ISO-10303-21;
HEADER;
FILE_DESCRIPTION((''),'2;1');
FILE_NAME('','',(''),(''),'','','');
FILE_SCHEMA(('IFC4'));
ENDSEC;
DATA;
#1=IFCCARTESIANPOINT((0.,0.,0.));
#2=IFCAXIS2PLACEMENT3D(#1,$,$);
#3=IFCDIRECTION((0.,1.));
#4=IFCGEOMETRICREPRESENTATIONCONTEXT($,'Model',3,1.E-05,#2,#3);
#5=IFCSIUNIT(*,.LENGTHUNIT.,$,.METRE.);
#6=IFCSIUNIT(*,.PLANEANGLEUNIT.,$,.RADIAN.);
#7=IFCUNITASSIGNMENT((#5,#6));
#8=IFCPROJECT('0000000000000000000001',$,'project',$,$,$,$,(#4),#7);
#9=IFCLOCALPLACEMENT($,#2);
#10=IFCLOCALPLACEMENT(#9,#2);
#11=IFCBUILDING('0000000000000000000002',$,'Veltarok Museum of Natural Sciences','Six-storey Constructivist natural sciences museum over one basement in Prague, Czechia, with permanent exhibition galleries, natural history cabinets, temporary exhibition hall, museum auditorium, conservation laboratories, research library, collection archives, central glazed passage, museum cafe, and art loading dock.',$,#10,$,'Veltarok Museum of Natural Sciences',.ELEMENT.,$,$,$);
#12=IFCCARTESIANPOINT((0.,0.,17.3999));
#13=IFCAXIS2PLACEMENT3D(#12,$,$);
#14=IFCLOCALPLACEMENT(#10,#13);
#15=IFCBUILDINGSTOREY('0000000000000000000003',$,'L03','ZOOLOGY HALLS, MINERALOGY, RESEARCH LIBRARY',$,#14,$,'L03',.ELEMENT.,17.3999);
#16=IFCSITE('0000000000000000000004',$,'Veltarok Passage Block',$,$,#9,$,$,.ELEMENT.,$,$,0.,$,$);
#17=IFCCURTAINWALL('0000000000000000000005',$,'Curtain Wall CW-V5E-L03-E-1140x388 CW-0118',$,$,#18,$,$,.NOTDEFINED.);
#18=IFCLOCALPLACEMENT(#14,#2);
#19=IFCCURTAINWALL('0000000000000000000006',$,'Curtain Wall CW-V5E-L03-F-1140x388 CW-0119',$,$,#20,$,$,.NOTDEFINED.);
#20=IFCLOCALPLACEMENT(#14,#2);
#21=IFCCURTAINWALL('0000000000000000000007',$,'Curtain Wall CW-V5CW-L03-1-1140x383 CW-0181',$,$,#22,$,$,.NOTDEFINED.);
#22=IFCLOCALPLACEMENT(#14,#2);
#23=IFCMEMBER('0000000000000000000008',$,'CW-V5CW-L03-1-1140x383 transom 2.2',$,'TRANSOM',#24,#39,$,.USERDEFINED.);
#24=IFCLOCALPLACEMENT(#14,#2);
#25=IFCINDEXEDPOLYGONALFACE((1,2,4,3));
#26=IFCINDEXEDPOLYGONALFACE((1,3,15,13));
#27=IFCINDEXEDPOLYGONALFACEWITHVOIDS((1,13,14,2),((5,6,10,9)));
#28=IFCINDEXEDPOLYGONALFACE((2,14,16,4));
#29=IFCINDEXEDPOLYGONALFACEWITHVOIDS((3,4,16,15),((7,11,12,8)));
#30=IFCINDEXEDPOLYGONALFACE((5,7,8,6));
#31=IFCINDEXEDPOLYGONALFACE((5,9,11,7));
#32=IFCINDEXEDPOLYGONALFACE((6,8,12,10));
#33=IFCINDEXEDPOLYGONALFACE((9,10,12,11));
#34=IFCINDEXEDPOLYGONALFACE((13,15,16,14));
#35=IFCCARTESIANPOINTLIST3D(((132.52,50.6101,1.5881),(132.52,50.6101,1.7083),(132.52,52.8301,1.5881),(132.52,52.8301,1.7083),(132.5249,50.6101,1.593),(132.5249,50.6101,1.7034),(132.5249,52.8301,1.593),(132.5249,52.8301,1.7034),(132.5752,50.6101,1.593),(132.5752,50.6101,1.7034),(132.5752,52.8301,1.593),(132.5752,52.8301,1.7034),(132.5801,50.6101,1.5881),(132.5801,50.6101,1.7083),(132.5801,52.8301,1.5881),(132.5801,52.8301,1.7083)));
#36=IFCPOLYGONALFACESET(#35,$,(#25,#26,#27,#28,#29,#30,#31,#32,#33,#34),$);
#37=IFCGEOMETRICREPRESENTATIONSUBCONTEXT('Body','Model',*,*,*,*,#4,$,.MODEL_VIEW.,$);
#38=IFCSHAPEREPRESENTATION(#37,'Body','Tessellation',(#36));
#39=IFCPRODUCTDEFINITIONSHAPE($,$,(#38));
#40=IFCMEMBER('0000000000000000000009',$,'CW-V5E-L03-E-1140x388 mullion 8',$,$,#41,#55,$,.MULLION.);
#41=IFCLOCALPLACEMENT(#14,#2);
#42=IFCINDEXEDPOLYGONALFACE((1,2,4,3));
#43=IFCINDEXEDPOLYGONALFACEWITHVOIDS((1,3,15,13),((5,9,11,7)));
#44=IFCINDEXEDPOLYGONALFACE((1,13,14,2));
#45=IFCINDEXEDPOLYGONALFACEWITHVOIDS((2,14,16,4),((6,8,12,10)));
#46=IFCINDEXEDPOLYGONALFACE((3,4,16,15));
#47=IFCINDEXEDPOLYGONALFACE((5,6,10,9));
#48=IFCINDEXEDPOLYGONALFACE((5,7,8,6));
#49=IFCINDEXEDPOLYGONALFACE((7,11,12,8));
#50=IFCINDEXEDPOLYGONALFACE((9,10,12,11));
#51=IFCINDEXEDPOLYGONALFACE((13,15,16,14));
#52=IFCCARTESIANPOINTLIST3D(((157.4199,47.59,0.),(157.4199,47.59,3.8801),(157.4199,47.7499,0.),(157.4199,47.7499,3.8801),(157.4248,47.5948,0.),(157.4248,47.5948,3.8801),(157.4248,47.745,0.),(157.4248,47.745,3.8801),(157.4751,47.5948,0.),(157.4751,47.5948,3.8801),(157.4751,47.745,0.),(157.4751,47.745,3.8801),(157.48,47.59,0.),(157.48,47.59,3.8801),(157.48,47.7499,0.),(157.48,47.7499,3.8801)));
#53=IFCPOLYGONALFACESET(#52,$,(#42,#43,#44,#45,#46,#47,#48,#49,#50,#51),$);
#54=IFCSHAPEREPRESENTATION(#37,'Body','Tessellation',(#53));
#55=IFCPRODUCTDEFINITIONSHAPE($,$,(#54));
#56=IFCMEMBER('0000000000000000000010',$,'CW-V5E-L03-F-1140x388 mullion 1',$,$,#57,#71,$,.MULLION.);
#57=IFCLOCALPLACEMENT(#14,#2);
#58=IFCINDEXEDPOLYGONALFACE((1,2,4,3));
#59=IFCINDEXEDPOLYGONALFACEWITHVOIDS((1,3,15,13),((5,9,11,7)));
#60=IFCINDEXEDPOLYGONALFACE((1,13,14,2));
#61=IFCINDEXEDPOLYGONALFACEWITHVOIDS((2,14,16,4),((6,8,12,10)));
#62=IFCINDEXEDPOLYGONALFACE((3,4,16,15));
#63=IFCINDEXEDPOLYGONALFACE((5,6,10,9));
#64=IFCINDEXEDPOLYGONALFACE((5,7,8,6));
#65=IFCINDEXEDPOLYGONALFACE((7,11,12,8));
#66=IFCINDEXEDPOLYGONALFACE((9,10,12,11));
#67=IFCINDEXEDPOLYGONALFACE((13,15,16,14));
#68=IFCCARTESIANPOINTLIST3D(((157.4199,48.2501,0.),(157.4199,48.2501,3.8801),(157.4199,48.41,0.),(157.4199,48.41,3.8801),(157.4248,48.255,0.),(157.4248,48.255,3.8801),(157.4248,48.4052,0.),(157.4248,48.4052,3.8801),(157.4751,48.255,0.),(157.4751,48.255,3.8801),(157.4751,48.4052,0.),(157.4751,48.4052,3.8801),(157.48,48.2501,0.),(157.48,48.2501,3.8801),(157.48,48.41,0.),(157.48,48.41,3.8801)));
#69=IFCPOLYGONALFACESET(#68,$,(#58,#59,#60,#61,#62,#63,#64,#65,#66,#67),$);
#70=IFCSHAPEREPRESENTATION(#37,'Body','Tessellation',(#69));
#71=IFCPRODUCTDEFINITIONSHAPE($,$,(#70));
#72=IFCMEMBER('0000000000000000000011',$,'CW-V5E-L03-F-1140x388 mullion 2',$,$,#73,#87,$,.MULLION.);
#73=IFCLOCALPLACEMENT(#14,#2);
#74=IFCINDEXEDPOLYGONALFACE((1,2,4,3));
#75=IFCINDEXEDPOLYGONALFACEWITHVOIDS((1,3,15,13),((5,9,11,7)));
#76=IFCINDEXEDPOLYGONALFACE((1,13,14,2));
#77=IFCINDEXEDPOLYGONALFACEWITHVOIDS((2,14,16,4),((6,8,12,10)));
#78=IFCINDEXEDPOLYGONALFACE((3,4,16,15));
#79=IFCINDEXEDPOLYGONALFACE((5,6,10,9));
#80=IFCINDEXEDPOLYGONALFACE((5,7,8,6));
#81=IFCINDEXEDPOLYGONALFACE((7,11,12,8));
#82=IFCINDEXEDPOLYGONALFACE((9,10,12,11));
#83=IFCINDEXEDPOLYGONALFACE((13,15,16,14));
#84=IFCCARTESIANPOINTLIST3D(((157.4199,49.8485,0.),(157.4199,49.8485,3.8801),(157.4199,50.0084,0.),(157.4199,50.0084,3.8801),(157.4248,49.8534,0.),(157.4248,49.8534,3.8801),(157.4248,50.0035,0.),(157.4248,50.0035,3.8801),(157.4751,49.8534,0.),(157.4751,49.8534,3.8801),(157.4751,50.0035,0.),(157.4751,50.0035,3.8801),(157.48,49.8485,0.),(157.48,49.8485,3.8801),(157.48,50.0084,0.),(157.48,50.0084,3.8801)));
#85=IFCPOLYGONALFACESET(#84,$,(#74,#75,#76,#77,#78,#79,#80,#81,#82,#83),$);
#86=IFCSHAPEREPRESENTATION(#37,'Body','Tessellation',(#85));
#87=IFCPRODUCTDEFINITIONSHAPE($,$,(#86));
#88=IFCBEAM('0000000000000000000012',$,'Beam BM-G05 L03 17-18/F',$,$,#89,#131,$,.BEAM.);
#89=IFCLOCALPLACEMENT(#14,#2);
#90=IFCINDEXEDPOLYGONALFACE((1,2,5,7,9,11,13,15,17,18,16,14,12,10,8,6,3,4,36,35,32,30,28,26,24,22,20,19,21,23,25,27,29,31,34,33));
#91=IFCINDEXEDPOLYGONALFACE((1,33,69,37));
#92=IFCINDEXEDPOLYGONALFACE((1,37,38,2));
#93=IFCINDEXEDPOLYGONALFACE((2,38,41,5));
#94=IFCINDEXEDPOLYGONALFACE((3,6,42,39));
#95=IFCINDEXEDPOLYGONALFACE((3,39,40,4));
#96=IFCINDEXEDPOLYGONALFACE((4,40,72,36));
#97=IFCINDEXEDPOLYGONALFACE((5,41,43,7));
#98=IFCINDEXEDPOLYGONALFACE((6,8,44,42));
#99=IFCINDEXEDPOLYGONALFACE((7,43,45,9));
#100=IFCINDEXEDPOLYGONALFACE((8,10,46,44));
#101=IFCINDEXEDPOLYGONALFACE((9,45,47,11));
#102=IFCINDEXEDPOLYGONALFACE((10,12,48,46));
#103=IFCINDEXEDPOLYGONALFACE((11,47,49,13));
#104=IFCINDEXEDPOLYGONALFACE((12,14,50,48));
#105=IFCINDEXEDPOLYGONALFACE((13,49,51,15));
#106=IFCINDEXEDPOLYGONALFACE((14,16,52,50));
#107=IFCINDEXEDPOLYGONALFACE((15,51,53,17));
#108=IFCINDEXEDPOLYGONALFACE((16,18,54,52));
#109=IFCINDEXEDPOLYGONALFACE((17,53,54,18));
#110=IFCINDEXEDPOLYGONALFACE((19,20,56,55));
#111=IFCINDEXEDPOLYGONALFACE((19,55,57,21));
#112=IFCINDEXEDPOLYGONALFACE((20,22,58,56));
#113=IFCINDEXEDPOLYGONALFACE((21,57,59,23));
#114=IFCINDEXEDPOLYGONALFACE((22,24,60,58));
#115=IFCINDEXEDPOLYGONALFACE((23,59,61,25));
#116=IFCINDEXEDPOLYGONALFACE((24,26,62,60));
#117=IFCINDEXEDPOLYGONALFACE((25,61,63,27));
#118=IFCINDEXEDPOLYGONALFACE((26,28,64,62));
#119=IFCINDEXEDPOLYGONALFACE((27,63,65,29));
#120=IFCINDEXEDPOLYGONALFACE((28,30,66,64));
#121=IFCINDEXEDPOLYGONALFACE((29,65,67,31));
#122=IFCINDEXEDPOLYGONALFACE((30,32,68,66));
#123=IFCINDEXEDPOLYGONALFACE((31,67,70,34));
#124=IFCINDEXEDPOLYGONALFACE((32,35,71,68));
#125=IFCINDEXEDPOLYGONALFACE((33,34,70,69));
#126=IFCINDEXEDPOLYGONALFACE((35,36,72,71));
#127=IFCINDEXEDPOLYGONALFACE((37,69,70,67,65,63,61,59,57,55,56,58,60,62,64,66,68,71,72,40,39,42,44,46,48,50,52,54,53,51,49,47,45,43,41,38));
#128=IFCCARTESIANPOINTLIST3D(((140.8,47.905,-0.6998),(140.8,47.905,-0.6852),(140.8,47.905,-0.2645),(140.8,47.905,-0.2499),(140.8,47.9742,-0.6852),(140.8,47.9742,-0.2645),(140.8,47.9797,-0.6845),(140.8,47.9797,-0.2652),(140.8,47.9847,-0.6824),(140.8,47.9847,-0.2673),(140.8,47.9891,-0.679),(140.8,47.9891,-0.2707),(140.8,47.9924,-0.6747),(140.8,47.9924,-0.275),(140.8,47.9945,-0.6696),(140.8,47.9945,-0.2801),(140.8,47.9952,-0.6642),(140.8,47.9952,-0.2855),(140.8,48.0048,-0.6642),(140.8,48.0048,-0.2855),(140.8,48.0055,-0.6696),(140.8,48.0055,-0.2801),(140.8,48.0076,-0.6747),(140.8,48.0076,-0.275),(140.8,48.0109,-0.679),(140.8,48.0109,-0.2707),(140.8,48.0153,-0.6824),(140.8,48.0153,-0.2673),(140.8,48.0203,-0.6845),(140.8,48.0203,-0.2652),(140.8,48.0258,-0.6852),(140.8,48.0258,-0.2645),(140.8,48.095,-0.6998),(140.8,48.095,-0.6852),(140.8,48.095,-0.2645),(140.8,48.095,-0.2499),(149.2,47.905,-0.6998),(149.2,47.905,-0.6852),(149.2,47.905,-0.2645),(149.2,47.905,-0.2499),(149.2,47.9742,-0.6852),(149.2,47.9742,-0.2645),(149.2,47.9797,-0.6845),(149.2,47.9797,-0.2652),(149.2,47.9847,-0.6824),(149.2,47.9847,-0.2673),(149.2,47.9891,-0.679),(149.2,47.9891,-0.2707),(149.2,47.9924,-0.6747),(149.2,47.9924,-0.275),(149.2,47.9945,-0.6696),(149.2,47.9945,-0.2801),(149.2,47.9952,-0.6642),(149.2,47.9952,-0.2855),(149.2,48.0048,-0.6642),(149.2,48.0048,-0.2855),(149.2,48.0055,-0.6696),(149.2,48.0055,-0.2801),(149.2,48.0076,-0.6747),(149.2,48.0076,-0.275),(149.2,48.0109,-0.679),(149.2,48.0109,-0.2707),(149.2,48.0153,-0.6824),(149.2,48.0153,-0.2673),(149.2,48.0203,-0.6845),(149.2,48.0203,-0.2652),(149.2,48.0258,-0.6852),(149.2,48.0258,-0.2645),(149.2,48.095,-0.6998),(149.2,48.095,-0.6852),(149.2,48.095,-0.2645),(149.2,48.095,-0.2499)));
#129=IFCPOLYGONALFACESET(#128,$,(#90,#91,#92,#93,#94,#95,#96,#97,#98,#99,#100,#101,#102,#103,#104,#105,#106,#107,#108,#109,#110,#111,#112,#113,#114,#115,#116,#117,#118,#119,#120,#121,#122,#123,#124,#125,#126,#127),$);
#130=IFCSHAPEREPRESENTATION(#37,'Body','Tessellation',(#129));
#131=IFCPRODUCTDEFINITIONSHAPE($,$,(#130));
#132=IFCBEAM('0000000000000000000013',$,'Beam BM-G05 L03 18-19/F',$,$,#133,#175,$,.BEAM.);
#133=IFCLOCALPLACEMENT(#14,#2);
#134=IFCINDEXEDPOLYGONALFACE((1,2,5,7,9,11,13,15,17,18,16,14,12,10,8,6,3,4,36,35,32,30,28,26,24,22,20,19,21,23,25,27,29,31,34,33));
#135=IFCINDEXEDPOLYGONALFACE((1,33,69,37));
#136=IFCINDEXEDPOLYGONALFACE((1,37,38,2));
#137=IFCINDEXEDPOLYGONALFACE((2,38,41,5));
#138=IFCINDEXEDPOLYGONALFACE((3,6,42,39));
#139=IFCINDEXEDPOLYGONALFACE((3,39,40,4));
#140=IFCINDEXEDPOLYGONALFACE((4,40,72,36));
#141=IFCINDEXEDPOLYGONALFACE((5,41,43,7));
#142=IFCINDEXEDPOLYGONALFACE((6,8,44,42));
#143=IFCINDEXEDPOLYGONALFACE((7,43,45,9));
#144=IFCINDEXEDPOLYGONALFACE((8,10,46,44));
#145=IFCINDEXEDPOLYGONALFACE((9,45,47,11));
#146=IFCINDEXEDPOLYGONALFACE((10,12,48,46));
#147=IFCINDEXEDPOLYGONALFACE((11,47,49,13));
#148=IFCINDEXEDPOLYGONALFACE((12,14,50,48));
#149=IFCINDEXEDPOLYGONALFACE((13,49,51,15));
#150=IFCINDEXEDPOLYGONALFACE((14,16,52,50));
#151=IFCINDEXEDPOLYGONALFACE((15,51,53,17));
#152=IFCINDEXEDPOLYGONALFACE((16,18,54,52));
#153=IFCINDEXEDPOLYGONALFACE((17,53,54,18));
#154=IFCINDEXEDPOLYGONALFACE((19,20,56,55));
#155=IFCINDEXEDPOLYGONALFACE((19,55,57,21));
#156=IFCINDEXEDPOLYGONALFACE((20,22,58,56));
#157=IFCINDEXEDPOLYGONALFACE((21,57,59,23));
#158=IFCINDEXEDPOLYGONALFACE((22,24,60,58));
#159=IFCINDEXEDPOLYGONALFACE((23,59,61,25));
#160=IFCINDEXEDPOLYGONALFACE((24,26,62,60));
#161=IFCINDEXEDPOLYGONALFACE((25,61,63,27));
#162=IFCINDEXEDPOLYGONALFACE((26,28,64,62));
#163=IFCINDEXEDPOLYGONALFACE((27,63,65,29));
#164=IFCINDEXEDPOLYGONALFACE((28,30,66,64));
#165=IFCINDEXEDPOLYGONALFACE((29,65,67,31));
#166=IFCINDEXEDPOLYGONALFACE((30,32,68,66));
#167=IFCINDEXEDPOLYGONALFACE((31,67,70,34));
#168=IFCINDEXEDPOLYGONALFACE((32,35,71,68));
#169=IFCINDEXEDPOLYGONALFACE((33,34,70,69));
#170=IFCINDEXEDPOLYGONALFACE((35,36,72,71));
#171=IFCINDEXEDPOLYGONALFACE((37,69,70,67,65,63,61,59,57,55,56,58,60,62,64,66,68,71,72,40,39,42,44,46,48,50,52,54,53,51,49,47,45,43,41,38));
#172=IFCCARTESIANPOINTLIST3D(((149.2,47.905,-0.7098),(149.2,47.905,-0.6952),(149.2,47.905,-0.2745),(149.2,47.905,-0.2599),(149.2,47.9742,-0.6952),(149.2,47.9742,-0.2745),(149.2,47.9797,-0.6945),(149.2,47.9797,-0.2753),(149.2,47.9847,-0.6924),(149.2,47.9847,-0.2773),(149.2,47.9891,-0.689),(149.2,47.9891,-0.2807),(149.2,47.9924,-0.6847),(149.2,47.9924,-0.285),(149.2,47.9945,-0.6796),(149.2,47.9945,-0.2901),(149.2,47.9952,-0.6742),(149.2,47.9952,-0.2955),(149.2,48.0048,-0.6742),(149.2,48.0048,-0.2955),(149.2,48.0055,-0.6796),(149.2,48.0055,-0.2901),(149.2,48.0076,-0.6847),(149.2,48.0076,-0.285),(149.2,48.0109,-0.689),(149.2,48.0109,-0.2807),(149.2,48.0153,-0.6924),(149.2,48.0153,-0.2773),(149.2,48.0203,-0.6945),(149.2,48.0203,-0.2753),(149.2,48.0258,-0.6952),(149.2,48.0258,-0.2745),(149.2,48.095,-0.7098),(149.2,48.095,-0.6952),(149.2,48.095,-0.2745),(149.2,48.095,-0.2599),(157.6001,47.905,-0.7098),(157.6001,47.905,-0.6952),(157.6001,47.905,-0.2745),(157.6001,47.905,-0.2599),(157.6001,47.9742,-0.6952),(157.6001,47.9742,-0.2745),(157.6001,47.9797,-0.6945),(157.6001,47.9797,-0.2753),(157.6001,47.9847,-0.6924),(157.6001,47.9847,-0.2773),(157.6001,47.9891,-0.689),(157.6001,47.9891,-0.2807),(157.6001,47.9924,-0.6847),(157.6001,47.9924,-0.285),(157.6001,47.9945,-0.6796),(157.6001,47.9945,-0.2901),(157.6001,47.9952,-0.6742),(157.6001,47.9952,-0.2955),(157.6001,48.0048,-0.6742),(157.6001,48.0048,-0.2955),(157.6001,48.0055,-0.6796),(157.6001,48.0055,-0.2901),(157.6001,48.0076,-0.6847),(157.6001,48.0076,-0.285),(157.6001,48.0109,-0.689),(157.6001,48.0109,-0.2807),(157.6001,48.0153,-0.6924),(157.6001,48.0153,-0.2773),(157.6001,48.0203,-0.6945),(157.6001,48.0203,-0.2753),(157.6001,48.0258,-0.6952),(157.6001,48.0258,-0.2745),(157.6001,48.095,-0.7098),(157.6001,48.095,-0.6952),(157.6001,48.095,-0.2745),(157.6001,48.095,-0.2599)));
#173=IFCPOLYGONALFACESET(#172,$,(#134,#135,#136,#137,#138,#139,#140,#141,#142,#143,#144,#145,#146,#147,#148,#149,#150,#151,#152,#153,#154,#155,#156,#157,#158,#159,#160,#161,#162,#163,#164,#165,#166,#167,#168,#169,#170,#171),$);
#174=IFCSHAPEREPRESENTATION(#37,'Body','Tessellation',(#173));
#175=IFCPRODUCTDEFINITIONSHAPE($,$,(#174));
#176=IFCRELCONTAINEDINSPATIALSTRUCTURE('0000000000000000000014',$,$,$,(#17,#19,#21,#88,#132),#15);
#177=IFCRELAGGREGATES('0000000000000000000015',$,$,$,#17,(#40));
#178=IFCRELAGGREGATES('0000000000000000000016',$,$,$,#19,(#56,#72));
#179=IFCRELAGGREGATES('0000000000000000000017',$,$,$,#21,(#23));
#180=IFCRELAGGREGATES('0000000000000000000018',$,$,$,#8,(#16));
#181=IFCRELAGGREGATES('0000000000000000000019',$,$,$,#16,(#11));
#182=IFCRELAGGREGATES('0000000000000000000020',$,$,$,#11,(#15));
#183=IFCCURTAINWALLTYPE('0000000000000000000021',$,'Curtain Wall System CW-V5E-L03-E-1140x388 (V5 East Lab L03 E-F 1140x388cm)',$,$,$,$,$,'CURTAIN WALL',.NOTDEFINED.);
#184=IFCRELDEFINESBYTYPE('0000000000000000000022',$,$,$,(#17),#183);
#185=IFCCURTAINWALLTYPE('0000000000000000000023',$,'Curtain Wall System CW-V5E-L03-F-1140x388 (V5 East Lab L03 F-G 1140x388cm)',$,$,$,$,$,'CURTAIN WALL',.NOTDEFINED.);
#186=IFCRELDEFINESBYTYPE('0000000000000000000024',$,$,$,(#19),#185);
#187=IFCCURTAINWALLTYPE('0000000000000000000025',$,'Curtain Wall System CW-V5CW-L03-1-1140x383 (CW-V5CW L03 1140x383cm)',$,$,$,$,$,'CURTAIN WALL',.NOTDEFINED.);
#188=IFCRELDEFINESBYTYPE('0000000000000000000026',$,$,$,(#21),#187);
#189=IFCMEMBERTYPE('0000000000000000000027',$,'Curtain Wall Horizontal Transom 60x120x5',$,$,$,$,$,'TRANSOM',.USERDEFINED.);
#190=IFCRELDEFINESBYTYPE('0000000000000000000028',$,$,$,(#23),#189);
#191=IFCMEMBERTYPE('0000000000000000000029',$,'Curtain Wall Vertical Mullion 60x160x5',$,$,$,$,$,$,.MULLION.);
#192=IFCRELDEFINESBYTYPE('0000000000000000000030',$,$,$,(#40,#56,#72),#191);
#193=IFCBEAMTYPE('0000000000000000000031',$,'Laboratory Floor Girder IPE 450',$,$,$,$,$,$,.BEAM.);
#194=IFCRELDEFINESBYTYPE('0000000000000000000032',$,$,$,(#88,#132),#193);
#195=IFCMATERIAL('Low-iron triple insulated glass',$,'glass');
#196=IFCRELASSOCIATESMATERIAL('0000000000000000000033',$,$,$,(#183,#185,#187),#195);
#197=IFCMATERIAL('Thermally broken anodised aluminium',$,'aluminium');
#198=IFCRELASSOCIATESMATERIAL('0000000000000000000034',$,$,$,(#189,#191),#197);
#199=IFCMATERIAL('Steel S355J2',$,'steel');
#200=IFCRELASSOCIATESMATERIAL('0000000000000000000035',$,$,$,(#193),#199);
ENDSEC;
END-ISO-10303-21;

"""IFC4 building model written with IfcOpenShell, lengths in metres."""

from ifc_helpers import new_model, si_unit, direction, frame, origin, origin_2d, place, context, subcontext, project, spatial, hollow_rectangle, i_section, extrude, material, material_profile, profile_set, type_object, element, aggregate, save


model = new_model("IFC4")

# Units and contexts
model_context = context("Model", 3, precision=1e-05, world=origin(), true_north=direction((0.0, 1.0)))
body_context = subcontext(model_context, "Body", "Model", "MODEL_VIEW")
ifc_project = project(units=[si_unit("LENGTHUNIT", "METRE"), si_unit("PLANEANGLEUNIT", "RADIAN")], contexts=[model_context])

# Site, building, storey
site_placement = place(None, origin())
site = spatial("IfcSite", under=ifc_project, at=site_placement, Name="Veltarok Passage Block", CompositionType="ELEMENT", RefElevation=0.0)
building_placement = place(site_placement, origin())
building = spatial("IfcBuilding", under=site, at=building_placement, Name="Veltarok Museum of Natural Sciences", Description="Six-storey Constructivist natural sciences museum over one basement in Prague, Czechia, with permanent exhibition galleries, natural history cabinets, temporary exhibition hall, museum auditorium, conservation laboratories, research library, collection archives, central glazed passage, museum cafe, and art loading dock.", LongName="Veltarok Museum of Natural Sciences", CompositionType="ELEMENT")
storey_placement = place(building_placement, frame((0.0, 0.0, 17.3999)))
storey = spatial("IfcBuildingStorey", under=building, at=storey_placement, Name="L03", Description="ZOOLOGY HALLS, MINERALOGY, RESEARCH LIBRARY", LongName="L03", CompositionType="ELEMENT", Elevation=17.3999)

# Curtain wall
ifc_material_1 = material(Name="Low-iron triple insulated glass", Category="glass")
curtain_wall_type_1 = type_object("IfcCurtainWallType", Name="Curtain Wall System CW-V5E-L03-E-1140x388 (V5 East Lab L03 E-F 1140x388cm)", ElementType="CURTAIN WALL", PredefinedType="NOTDEFINED", material=ifc_material_1)
curtain_wall_1_placement = place(storey_placement, origin())
curtain_wall_1 = element("IfcCurtainWall", 1, at=curtain_wall_1_placement, inside=storey, type_object=curtain_wall_type_1, Name="Curtain Wall CW-V5E-L03-E-1140x388 CW-0118", PredefinedType="NOTDEFINED")
ifc_material_2 = material(Name="Thermally broken anodised aluminium", Category="aluminium")
ifc_material_profile_1 = material_profile(ifc_material_2, hollow_rectangle(XDim=0.0601, YDim=0.1201, WallThickness=0.0049, at=origin_2d()), Name="CW TRANSOM 60x120x5")
ifc_profile_set_1 = profile_set([ifc_material_profile_1], Name="Thermally broken anodised aluminium")
member_type_1 = type_object("IfcMemberType", Name="Curtain Wall Horizontal Transom 60x120x5", ElementType="TRANSOM", PredefinedType="USERDEFINED", material=ifc_profile_set_1)

# Curtain walls, member
curtain_wall_type_2 = type_object("IfcCurtainWallType", Name="Curtain Wall System CW-V5E-L03-F-1140x388 (V5 East Lab L03 F-G 1140x388cm)", ElementType="CURTAIN WALL", PredefinedType="NOTDEFINED", material=ifc_material_1)
curtain_wall_2_placement = place(storey_placement, origin())
curtain_wall_2 = element("IfcCurtainWall", 2, at=curtain_wall_2_placement, inside=storey, type_object=curtain_wall_type_2, Name="Curtain Wall CW-V5E-L03-F-1140x388 CW-0119", PredefinedType="NOTDEFINED")
curtain_wall_type_3 = type_object("IfcCurtainWallType", Name="Curtain Wall System CW-V5CW-L03-1-1140x383 (CW-V5CW L03 1140x383cm)", ElementType="CURTAIN WALL", PredefinedType="NOTDEFINED", material=ifc_material_1)
curtain_wall_3_placement = place(storey_placement, origin())
curtain_wall_3 = element("IfcCurtainWall", 3, at=curtain_wall_3_placement, inside=storey, type_object=curtain_wall_type_3, Name="Curtain Wall CW-V5CW-L03-1-1140x383 CW-0181", PredefinedType="NOTDEFINED")
member_1_placement = place(storey_placement, frame((132.55, 50.6101, 1.6482), z_axis=(0.0, 1.0, 0.0), x_axis=(-1.0, 0.0, 0.0)))
member_1 = element("IfcMember", 4, at=member_1_placement, type_object=member_type_1, Name="CW-V5CW-L03-1-1140x383 transom 2.2", ObjectType="TRANSOM", PredefinedType="USERDEFINED", context=body_context, shape_type="SweptSolid", body=[
    extrude(hollow_rectangle(XDim=0.0601, YDim=0.1201, WallThickness=0.0049, at=origin_2d()), origin(), (0.0, 0.0, 1.0), 2.22),
])

# Members
ifc_material_profile_2 = material_profile(ifc_material_2, hollow_rectangle(XDim=0.0601, YDim=0.1599, WallThickness=0.0049, at=origin_2d()), Name="CW MULLION 60x160x5")
ifc_profile_set_2 = profile_set([ifc_material_profile_2], Name="Thermally broken anodised aluminium")
member_type_2 = type_object("IfcMemberType", Name="Curtain Wall Vertical Mullion 60x160x5", PredefinedType="MULLION", material=ifc_profile_set_2)
member_2_placement = place(storey_placement, frame((157.45, 47.6699, 0.0), z_axis=(0.0, 0.0, 1.0), x_axis=(-1.0, 0.0, 0.0)))
member_2 = element("IfcMember", 5, at=member_2_placement, type_object=member_type_2, Name="CW-V5E-L03-E-1140x388 mullion 8", PredefinedType="MULLION", context=body_context, shape_type="SweptSolid", body=[
    extrude(hollow_rectangle(XDim=0.0601, YDim=0.1599, WallThickness=0.0049, at=origin_2d()), origin(), (0.0, 0.0, 1.0), 3.8801),
])
member_3_placement = place(storey_placement, frame((157.45, 48.3301, 0.0), z_axis=(0.0, 0.0, 1.0), x_axis=(-1.0, 0.0, 0.0)))
member_3 = element("IfcMember", 6, at=member_3_placement, type_object=member_type_2, Name="CW-V5E-L03-F-1140x388 mullion 1", PredefinedType="MULLION", context=body_context, shape_type="SweptSolid", body=[
    extrude(hollow_rectangle(XDim=0.0601, YDim=0.1599, WallThickness=0.0049, at=origin_2d()), origin(), (0.0, 0.0, 1.0), 3.8801),
])
member_4_placement = place(storey_placement, frame((157.45, 49.9285, 0.0), z_axis=(0.0, 0.0, 1.0), x_axis=(-1.0, 0.0, 0.0)))
member_4 = element("IfcMember", 7, at=member_4_placement, type_object=member_type_2, Name="CW-V5E-L03-F-1140x388 mullion 2", PredefinedType="MULLION", context=body_context, shape_type="SweptSolid", body=[
    extrude(hollow_rectangle(XDim=0.0601, YDim=0.1599, WallThickness=0.0049, at=origin_2d()), origin(), (0.0, 0.0, 1.0), 3.8801),
])

# Beams
ifc_material_3 = material(Name="Steel S355J2", Category="steel")
ifc_material_profile_3 = material_profile(ifc_material_3, i_section(OverallWidth=0.1899, OverallDepth=0.45, WebThickness=0.0095, FlangeThickness=0.0146, FilletRadius=0.021, at=origin_2d()), Name="IPE 450")
ifc_profile_set_3 = profile_set([ifc_material_profile_3], Name="Steel S355J2")
beam_type_1 = type_object("IfcBeamType", Name="Laboratory Floor Girder IPE 450", PredefinedType="BEAM", material=ifc_profile_set_3)
beam_1_placement = place(storey_placement, frame((140.8, 48.0, -0.4749), z_axis=(1.0, 0.0, 0.0), x_axis=(0.0, 1.0, 0.0)))
element("IfcBeam", 8, at=beam_1_placement, inside=storey, type_object=beam_type_1, Name="Beam BM-G05 L03 17-18/F", PredefinedType="BEAM", context=body_context, shape_type="SweptSolid", body=[
    extrude(i_section(OverallWidth=0.1899, OverallDepth=0.45, WebThickness=0.0095, FlangeThickness=0.0146, FilletRadius=0.021, at=origin_2d()), origin(), (0.0, 0.0, 1.0), 8.3999),
])
beam_2_placement = place(storey_placement, frame((149.2, 48.0, -0.4849), z_axis=(1.0, 0.0, 0.0), x_axis=(0.0, 1.0, 0.0)))
element("IfcBeam", 9, at=beam_2_placement, inside=storey, type_object=beam_type_1, Name="Beam BM-G05 L03 18-19/F", PredefinedType="BEAM", context=body_context, shape_type="SweptSolid", body=[
    extrude(i_section(OverallWidth=0.1899, OverallDepth=0.45, WebThickness=0.0095, FlangeThickness=0.0146, FilletRadius=0.021, at=origin_2d()), origin(), (0.0, 0.0, 1.0), 8.4001),
])

aggregate(curtain_wall_1, [member_2])
aggregate(curtain_wall_2, [member_3, member_4])
aggregate(curtain_wall_3, [member_1])

save(model, "model.ifc")
